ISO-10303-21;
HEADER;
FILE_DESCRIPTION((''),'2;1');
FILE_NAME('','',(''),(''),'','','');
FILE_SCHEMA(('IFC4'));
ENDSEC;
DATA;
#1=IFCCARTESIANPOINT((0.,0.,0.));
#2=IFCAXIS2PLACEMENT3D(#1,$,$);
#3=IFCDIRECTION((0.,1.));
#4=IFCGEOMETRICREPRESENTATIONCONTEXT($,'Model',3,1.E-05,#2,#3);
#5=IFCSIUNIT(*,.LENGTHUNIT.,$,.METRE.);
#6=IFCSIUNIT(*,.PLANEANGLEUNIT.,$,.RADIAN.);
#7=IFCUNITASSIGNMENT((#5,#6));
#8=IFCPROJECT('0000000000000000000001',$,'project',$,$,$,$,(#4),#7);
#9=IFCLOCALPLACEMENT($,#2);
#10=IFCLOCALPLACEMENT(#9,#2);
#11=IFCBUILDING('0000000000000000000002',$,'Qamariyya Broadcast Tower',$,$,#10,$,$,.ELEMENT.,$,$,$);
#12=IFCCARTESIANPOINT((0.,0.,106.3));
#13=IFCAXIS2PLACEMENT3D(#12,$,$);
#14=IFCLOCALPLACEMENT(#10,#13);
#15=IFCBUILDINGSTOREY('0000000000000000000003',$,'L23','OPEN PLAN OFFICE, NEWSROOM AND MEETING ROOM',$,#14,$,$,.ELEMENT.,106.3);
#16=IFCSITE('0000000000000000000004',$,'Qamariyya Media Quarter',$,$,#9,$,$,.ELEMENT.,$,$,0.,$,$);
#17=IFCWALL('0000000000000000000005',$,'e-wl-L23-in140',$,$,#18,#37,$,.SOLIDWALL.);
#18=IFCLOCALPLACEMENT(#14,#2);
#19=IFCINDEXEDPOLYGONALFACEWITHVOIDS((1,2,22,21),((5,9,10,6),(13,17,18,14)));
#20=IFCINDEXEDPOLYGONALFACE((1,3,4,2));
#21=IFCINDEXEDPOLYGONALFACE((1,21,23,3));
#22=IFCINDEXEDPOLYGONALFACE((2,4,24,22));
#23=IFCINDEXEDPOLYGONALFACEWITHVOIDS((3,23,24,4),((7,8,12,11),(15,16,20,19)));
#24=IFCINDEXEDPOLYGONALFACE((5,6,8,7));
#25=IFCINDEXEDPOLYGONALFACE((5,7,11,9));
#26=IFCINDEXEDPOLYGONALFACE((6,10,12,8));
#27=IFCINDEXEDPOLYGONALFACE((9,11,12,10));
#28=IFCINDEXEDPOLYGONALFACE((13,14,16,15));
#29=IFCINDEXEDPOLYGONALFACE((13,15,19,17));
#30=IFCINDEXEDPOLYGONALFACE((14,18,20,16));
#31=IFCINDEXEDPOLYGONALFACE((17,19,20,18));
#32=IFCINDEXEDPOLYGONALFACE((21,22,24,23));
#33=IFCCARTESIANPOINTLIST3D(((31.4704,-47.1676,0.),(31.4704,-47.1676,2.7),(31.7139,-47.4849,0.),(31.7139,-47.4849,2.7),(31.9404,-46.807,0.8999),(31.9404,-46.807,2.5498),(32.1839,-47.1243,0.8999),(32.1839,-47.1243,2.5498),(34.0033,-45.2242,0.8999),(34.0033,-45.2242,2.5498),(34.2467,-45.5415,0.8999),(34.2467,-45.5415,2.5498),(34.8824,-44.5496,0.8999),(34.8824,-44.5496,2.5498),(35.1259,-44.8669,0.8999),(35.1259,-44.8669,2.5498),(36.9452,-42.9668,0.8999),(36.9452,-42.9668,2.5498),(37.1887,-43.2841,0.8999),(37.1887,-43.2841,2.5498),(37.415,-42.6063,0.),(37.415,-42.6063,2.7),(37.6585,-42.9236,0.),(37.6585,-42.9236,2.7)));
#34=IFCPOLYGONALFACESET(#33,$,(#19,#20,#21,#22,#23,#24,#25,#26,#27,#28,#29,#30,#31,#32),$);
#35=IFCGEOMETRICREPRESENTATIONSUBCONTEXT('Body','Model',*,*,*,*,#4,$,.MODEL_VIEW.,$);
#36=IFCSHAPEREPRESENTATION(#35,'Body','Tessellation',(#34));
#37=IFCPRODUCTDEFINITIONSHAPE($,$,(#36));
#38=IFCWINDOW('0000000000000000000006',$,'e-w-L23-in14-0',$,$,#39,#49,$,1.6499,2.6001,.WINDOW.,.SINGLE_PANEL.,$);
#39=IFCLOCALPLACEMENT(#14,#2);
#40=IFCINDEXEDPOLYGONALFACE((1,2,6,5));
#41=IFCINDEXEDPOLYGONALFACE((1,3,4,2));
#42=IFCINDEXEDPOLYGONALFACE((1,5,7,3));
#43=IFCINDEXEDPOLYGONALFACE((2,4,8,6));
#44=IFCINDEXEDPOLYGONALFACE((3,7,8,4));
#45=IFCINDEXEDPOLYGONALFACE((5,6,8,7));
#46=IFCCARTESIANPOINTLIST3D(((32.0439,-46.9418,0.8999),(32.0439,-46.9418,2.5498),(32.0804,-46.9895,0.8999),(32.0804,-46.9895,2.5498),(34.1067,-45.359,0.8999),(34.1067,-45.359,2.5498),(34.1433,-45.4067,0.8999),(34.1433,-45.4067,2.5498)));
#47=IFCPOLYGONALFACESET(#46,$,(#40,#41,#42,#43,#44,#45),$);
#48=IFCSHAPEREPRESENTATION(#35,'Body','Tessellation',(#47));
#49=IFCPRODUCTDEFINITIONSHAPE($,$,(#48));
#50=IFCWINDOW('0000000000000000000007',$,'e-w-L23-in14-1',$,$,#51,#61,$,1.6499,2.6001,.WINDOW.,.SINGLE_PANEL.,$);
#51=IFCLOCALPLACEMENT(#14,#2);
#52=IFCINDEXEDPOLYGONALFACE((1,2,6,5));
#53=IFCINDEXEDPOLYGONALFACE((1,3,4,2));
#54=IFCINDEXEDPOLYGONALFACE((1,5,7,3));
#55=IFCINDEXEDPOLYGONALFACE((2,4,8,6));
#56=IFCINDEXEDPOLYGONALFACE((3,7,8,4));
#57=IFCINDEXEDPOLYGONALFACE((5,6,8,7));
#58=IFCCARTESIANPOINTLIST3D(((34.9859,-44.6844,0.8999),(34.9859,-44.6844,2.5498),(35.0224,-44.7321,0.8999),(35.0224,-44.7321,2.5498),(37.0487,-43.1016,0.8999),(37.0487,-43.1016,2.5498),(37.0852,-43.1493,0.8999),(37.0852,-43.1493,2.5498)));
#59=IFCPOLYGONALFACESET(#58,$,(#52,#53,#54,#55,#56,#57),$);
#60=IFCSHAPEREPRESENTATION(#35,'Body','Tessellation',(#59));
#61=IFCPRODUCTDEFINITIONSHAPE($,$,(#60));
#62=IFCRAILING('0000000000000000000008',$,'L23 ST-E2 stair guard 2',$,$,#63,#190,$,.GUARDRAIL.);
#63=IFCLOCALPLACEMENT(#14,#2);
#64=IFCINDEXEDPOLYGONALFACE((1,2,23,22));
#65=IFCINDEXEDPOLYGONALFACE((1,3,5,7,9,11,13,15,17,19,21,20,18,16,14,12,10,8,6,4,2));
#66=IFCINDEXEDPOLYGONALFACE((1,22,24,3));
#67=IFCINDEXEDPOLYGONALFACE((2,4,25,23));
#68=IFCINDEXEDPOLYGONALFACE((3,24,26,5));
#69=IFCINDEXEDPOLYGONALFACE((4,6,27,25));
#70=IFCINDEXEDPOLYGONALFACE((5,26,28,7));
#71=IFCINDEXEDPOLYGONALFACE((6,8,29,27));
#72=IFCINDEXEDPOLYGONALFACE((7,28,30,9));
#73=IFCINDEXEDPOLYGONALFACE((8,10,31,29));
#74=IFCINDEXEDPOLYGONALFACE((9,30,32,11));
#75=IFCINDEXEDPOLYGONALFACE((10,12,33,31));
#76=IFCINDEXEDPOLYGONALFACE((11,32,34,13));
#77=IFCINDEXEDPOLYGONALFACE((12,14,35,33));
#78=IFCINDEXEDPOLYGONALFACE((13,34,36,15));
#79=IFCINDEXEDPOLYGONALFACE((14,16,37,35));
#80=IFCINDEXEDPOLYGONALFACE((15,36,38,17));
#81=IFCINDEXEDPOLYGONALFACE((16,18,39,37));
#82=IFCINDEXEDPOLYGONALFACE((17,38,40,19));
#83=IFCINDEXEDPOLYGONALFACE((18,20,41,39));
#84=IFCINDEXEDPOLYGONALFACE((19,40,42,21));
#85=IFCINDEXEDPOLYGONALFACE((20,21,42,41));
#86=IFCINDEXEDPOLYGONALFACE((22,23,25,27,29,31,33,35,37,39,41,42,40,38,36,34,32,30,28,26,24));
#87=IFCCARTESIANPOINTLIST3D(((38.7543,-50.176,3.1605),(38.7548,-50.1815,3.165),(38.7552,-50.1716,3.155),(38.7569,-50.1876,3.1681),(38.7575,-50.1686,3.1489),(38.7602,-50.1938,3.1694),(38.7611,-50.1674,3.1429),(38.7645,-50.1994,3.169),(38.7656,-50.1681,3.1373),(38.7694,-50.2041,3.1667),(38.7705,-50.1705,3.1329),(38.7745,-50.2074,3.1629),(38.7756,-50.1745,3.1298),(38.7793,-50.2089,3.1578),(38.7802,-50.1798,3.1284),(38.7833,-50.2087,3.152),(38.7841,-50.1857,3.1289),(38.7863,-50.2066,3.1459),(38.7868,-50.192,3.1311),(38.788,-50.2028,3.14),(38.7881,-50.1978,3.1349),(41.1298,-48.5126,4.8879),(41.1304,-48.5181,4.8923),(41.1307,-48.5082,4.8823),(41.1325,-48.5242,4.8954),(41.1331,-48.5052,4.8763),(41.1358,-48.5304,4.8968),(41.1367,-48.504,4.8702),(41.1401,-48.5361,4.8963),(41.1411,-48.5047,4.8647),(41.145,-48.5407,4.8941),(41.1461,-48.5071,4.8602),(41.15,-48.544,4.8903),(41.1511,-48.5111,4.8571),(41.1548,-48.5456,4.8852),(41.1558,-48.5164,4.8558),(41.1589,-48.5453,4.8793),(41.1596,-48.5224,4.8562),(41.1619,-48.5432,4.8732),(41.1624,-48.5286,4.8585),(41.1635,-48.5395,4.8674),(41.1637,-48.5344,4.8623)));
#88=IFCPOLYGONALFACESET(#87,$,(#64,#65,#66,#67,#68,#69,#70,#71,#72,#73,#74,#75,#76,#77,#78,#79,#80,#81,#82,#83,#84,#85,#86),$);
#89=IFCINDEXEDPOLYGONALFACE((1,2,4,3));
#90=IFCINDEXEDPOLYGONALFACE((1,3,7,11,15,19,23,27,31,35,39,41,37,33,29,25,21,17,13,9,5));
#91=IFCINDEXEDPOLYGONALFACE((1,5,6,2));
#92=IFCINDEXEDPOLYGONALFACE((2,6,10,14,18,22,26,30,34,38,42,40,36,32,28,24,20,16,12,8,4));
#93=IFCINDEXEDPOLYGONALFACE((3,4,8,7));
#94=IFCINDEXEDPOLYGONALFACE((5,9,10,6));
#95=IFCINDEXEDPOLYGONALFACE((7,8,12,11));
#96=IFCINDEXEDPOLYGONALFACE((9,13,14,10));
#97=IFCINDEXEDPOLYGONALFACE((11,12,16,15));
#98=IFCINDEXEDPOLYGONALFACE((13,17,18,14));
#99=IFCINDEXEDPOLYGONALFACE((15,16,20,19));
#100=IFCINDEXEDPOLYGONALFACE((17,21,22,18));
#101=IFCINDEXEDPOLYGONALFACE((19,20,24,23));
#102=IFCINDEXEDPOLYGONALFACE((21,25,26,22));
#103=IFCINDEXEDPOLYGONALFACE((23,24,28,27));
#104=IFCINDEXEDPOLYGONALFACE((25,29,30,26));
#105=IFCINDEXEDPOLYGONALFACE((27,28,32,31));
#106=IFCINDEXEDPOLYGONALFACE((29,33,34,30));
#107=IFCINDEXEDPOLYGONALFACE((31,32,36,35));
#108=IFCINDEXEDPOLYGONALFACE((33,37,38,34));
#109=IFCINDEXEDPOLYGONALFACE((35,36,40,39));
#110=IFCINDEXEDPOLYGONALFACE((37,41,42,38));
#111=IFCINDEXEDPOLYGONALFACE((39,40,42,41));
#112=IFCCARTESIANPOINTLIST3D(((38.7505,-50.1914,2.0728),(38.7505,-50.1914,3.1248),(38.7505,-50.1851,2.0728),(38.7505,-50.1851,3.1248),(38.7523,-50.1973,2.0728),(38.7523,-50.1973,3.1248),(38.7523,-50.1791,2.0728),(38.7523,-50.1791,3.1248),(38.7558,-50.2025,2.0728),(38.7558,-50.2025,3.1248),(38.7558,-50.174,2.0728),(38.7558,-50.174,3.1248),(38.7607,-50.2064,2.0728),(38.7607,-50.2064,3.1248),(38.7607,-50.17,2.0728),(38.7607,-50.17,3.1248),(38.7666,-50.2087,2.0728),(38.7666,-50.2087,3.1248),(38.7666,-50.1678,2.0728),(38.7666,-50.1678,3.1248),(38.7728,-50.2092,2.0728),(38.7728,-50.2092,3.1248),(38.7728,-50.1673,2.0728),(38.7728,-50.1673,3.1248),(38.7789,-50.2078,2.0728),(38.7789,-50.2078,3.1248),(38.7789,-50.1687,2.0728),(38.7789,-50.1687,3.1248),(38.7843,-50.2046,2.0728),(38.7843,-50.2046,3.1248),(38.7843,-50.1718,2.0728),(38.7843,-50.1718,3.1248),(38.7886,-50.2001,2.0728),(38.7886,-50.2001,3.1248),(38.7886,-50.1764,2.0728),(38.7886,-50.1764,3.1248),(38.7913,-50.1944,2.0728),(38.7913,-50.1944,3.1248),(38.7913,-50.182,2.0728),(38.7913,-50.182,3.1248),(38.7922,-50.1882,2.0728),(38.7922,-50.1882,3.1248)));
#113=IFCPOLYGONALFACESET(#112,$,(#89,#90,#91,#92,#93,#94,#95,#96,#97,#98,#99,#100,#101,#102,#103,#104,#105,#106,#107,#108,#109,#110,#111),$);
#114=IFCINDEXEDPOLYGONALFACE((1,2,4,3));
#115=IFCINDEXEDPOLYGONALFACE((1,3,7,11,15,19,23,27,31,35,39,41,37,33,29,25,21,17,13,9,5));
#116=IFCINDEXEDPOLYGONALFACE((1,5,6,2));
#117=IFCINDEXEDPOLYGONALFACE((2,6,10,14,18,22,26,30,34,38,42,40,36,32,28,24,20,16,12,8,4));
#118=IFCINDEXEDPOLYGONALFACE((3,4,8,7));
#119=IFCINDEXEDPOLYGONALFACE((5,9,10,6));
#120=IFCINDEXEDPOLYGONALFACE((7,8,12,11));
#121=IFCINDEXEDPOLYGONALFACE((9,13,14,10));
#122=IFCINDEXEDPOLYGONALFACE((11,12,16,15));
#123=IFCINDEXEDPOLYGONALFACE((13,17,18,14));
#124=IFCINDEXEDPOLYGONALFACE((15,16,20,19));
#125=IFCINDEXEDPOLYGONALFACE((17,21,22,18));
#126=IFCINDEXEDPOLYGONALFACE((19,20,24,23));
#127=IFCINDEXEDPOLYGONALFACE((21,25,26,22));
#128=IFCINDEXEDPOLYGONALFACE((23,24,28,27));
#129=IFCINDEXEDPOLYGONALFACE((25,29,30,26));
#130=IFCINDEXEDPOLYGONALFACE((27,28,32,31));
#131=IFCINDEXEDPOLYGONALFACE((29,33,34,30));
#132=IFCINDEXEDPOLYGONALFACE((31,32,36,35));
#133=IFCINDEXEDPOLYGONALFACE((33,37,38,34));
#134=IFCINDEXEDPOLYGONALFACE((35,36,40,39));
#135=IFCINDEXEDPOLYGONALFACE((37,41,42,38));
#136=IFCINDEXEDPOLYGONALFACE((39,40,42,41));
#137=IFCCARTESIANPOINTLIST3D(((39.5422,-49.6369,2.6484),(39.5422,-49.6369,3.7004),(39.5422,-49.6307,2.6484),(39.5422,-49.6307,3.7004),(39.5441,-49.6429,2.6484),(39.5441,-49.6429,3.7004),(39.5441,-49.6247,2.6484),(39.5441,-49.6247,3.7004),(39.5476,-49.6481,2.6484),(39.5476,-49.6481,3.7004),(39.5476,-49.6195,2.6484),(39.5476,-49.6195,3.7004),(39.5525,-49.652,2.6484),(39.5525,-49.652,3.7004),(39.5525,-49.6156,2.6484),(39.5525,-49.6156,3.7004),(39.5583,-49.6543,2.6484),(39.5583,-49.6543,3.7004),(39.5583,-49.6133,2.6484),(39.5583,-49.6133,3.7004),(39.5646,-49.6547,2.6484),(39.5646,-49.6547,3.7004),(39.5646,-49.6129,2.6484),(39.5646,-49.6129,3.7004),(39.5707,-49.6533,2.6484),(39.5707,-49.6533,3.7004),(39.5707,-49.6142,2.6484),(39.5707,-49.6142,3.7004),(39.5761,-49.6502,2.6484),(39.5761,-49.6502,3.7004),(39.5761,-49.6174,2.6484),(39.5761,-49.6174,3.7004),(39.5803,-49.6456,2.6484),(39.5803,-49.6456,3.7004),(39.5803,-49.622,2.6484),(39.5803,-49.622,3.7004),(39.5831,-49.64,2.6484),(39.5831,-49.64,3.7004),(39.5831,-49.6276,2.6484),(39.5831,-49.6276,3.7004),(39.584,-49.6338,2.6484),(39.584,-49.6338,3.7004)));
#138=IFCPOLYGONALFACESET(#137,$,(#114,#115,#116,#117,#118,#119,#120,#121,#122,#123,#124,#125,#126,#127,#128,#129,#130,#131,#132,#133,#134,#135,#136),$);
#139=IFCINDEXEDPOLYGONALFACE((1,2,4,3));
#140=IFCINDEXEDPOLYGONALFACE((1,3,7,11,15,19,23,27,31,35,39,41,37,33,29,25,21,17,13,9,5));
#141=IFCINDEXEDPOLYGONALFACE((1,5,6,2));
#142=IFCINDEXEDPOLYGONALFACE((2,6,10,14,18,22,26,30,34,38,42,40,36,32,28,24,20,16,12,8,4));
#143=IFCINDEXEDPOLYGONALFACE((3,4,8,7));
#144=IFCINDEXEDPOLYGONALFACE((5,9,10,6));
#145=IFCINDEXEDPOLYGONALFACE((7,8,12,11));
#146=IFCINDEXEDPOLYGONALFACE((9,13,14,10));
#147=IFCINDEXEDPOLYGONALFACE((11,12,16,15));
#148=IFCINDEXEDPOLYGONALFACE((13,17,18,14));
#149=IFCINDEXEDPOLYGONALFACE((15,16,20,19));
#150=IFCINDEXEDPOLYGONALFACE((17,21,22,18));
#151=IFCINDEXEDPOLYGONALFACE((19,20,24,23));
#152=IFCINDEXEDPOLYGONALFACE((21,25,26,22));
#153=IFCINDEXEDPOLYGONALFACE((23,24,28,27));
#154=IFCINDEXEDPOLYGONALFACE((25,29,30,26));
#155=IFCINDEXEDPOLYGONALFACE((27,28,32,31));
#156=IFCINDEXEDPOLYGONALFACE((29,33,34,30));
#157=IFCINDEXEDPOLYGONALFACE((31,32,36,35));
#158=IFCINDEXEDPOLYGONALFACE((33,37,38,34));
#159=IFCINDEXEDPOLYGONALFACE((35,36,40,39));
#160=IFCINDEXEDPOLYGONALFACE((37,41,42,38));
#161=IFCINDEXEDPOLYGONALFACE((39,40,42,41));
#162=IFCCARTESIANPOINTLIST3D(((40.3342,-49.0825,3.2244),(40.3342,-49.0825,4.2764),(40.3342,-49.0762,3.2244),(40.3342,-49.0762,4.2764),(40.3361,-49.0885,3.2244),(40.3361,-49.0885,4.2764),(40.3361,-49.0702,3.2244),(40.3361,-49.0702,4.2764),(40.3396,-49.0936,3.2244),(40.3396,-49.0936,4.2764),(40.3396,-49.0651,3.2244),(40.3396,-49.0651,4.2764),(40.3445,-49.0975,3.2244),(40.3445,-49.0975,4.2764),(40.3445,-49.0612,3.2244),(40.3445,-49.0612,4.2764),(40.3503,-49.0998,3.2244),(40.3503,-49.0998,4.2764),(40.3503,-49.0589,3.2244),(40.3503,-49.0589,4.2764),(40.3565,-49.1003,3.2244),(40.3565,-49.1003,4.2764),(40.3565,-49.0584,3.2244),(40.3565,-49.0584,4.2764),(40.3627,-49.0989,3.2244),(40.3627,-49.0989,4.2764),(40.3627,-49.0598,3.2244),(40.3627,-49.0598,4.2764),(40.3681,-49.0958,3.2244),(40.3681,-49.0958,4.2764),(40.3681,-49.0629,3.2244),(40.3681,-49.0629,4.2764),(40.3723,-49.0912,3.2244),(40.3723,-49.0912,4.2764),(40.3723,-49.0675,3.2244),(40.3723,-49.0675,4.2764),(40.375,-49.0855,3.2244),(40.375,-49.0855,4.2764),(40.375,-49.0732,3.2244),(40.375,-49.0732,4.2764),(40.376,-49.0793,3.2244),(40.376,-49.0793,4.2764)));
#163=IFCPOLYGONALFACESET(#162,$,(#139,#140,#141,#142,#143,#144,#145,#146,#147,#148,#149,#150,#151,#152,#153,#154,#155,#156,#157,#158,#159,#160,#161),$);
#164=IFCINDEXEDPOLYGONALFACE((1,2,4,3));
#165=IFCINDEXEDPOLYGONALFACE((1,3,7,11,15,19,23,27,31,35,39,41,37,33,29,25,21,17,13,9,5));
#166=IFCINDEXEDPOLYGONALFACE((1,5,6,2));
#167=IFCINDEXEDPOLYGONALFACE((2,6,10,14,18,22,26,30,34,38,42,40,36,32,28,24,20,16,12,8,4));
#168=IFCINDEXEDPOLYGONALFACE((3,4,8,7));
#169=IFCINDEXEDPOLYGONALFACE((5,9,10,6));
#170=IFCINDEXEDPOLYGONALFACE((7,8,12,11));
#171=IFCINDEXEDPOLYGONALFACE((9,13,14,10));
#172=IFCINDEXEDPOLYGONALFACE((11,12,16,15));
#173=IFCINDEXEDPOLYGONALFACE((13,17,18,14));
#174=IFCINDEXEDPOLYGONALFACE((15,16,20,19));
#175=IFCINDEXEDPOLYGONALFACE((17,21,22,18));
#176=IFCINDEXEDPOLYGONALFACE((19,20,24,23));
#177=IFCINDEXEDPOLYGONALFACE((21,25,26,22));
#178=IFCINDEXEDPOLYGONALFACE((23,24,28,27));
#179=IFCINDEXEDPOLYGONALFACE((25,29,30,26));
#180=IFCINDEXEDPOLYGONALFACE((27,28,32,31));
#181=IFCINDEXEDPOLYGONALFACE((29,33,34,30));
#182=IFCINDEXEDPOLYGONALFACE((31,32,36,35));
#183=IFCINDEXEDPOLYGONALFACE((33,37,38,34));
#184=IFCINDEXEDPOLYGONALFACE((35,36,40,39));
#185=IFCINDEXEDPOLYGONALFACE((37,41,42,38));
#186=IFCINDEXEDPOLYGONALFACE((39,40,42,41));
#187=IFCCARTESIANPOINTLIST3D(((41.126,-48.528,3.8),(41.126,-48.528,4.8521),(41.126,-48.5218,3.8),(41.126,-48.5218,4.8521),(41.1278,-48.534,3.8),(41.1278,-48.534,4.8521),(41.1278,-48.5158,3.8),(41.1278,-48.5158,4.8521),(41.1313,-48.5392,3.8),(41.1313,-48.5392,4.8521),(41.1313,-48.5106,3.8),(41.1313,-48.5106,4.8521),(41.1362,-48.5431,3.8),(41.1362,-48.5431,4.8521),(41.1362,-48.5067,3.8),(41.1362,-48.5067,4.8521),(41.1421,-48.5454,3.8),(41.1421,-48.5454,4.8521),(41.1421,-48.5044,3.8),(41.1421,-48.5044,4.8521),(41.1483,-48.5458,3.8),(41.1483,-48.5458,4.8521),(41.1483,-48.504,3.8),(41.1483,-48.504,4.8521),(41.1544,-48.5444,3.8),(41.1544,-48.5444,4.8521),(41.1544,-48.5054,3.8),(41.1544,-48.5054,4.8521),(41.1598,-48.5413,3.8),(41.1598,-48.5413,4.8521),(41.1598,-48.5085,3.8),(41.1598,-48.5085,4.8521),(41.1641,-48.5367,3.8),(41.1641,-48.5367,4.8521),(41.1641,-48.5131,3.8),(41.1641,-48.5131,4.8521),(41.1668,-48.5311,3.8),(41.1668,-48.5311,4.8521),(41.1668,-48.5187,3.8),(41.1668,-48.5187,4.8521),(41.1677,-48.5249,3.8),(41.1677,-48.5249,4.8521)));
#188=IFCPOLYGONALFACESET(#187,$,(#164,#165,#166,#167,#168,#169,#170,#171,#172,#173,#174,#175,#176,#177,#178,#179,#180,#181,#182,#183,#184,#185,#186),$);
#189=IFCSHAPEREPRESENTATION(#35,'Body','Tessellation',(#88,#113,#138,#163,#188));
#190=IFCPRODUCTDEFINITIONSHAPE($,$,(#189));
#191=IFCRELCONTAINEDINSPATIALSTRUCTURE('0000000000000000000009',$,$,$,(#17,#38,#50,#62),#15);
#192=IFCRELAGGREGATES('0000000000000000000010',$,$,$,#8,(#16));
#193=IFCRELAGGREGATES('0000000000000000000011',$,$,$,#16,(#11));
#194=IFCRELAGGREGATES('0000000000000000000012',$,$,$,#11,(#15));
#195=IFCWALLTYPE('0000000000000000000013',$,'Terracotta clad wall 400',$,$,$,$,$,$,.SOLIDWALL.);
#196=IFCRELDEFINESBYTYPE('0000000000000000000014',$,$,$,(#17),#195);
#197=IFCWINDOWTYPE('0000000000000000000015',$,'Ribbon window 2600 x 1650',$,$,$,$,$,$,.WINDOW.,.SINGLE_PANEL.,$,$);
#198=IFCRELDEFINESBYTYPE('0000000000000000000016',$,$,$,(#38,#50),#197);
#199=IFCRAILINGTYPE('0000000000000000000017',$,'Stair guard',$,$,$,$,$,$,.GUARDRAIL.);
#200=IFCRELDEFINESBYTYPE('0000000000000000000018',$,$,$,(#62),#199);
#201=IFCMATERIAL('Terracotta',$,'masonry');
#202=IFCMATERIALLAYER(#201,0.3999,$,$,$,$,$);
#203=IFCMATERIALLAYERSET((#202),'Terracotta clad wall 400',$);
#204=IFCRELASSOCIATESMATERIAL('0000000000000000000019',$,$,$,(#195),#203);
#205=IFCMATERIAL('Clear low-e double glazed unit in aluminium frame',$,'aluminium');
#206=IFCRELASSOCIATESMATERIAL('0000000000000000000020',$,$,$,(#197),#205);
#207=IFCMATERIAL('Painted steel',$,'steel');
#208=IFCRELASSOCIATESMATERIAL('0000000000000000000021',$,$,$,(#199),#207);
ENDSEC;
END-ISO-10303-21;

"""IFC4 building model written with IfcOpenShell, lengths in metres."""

from ifc_helpers import new_model, si_unit, direction, frame, frame_2d, origin, origin_2d, place, context, subcontext, project, spatial, rectangle, circle, extrude, material, layer, layer_set, type_object, element, fill, save


model = new_model("IFC4")

# Units and contexts
model_context = context("Model", 3, precision=1e-05, world=origin(), true_north=direction((0.0, 1.0)))
body_context = subcontext(model_context, "Body", "Model", "MODEL_VIEW")
ifc_project = project(units=[si_unit("LENGTHUNIT", "METRE"), si_unit("PLANEANGLEUNIT", "RADIAN")], contexts=[model_context])

# Site, building, storey
site_placement = place(None, origin())
site = spatial("IfcSite", under=ifc_project, at=site_placement, Name="Qamariyya Media Quarter", CompositionType="ELEMENT", RefElevation=0.0)
building_placement = place(site_placement, origin())
building = spatial("IfcBuilding", under=site, at=building_placement, Name="Qamariyya Broadcast Tower", CompositionType="ELEMENT")
storey_placement = place(building_placement, frame((0.0, 0.0, 106.3)))
storey = spatial("IfcBuildingStorey", under=building, at=storey_placement, Name="L23", Description="OPEN PLAN OFFICE, NEWSROOM AND MEETING ROOM", CompositionType="ELEMENT", Elevation=106.3)

# Wall, openings, windows
ifc_material_1 = material(Name="Terracotta", Category="masonry")
ifc_layer_1 = layer(ifc_material_1, 0.3999)
ifc_layer_set_1 = layer_set([ifc_layer_1], Name="Terracotta clad wall 400")
wall_type_1 = type_object("IfcWallType", Name="Terracotta clad wall 400", PredefinedType="SOLIDWALL", material=ifc_layer_set_1)
wall_1_placement = place(storey_placement, frame((37.5369, -42.7649, 0.0), z_axis=(0.0, 0.0, 1.0), x_axis=(-0.793363, -0.608748, 0.0)))
wall_1 = element("IfcWall", 1, at=wall_1_placement, inside=storey, type_object=wall_type_1, Name="e-wl-L23-in140", PredefinedType="SOLIDWALL", context=body_context, shape_type="SweptSolid", body=[
    extrude(rectangle(XDim=7.4929, YDim=0.3999, at=frame_2d((3.7466, 0.0))), origin(), (0.0, 0.0, 1.0), 2.7),
])
opening_1_placement = place(wall_1_placement, frame((4.3005, 0.0, 0.8999)))
opening_1 = element("IfcOpeningElement", 2, at=opening_1_placement, cuts=wall_1, PredefinedType="OPENING", context=body_context, shape_type="SweptSolid", body=[
    extrude(rectangle(XDim=2.6001, YDim=1.6499, at=frame_2d((1.3, 0.825))), frame((0.0, 0.21, 0.0), z_axis=(0.0, -1.0, 0.0), x_axis=(1.0, 0.0, 0.0)), (0.0, 0.0, 1.0), 0.4199),
])
opening_2_placement = place(wall_1_placement, frame((0.5923, 0.0, 0.8999)))
opening_2 = element("IfcOpeningElement", 3, at=opening_2_placement, cuts=wall_1, PredefinedType="OPENING", context=body_context, shape_type="SweptSolid", body=[
    extrude(rectangle(XDim=2.6001, YDim=1.6499, at=frame_2d((1.3, 0.825))), frame((0.0, 0.21, 0.0), z_axis=(0.0, -1.0, 0.0), x_axis=(1.0, 0.0, 0.0)), (0.0, 0.0, 1.0), 0.4199),
])
ifc_material_2 = material(Name="Clear low-e double glazed unit in aluminium frame", Category="aluminium")
window_type = type_object("IfcWindowType", Name="Ribbon window 2600 x 1650", PartitioningType="SINGLE_PANEL", PredefinedType="WINDOW", material=ifc_material_2)
window_1_placement = place(opening_1_placement, origin())
window_1 = element("IfcWindow", 4, at=window_1_placement, inside=storey, type_object=window_type, Name="e-w-L23-in14-0", OverallHeight=1.6499, OverallWidth=2.6001, PartitioningType="SINGLE_PANEL", PredefinedType="WINDOW", context=body_context, shape_type="SweptSolid", body=[
    extrude(rectangle(XDim=2.6001, YDim=1.6499, at=frame_2d((1.3, 0.825))), frame((0.0, 0.03, 0.0), z_axis=(0.0, -1.0, 0.0), x_axis=(1.0, 0.0, 0.0)), (0.0, 0.0, 1.0), 0.0601),
])
fill(opening_1, window_1)
window_2_placement = place(opening_2_placement, origin())
window_2 = element("IfcWindow", 5, at=window_2_placement, inside=storey, type_object=window_type, Name="e-w-L23-in14-1", OverallHeight=1.6499, OverallWidth=2.6001, PartitioningType="SINGLE_PANEL", PredefinedType="WINDOW", context=body_context, shape_type="SweptSolid", body=[
    extrude(rectangle(XDim=2.6001, YDim=1.6499, at=frame_2d((1.3, 0.825))), frame((0.0, 0.03, 0.0), z_axis=(0.0, -1.0, 0.0), x_axis=(1.0, 0.0, 0.0)), (0.0, 0.0, 1.0), 0.0601),
])
fill(opening_2, window_2)

# Railing
ifc_material_3 = material(Name="Painted steel", Category="steel")
railing_type_1 = type_object("IfcRailingType", Name="Stair guard", PredefinedType="GUARDRAIL", material=ifc_material_3)
railing_1_placement = place(storey_placement, frame((38.7712, -50.1882, 2.0728)))
element("IfcRailing", 6, at=railing_1_placement, inside=storey, type_object=railing_type_1, Name="L23 ST-E2 stair guard 2", PredefinedType="GUARDRAIL", context=body_context, shape_type="SweptSolid", body=[
    extrude(circle(Radius=0.0239, at=origin_2d()), frame((0.0, 0.0, 1.0762), z_axis=(0.70377, 0.492784, 0.511734), x_axis=(-0.573575, 0.819153, 0.0)), (0.0, 0.0, 1.0), 3.3755),
    extrude(circle(Radius=0.021, at=origin_2d()), origin(), (0.0, 0.0, 1.0), 1.052),
    extrude(circle(Radius=0.021, at=origin_2d()), frame((0.7917, 0.5544, 0.5757)), (0.0, 0.0, 1.0), 1.052),
    extrude(circle(Radius=0.021, at=origin_2d()), frame((1.5837, 1.1089, 1.1516)), (0.0, 0.0, 1.0), 1.052),
    extrude(circle(Radius=0.021, at=origin_2d()), frame((2.3755, 1.6633, 1.7273)), (0.0, 0.0, 1.0), 1.052),
])

save(model, "model.ifc")
